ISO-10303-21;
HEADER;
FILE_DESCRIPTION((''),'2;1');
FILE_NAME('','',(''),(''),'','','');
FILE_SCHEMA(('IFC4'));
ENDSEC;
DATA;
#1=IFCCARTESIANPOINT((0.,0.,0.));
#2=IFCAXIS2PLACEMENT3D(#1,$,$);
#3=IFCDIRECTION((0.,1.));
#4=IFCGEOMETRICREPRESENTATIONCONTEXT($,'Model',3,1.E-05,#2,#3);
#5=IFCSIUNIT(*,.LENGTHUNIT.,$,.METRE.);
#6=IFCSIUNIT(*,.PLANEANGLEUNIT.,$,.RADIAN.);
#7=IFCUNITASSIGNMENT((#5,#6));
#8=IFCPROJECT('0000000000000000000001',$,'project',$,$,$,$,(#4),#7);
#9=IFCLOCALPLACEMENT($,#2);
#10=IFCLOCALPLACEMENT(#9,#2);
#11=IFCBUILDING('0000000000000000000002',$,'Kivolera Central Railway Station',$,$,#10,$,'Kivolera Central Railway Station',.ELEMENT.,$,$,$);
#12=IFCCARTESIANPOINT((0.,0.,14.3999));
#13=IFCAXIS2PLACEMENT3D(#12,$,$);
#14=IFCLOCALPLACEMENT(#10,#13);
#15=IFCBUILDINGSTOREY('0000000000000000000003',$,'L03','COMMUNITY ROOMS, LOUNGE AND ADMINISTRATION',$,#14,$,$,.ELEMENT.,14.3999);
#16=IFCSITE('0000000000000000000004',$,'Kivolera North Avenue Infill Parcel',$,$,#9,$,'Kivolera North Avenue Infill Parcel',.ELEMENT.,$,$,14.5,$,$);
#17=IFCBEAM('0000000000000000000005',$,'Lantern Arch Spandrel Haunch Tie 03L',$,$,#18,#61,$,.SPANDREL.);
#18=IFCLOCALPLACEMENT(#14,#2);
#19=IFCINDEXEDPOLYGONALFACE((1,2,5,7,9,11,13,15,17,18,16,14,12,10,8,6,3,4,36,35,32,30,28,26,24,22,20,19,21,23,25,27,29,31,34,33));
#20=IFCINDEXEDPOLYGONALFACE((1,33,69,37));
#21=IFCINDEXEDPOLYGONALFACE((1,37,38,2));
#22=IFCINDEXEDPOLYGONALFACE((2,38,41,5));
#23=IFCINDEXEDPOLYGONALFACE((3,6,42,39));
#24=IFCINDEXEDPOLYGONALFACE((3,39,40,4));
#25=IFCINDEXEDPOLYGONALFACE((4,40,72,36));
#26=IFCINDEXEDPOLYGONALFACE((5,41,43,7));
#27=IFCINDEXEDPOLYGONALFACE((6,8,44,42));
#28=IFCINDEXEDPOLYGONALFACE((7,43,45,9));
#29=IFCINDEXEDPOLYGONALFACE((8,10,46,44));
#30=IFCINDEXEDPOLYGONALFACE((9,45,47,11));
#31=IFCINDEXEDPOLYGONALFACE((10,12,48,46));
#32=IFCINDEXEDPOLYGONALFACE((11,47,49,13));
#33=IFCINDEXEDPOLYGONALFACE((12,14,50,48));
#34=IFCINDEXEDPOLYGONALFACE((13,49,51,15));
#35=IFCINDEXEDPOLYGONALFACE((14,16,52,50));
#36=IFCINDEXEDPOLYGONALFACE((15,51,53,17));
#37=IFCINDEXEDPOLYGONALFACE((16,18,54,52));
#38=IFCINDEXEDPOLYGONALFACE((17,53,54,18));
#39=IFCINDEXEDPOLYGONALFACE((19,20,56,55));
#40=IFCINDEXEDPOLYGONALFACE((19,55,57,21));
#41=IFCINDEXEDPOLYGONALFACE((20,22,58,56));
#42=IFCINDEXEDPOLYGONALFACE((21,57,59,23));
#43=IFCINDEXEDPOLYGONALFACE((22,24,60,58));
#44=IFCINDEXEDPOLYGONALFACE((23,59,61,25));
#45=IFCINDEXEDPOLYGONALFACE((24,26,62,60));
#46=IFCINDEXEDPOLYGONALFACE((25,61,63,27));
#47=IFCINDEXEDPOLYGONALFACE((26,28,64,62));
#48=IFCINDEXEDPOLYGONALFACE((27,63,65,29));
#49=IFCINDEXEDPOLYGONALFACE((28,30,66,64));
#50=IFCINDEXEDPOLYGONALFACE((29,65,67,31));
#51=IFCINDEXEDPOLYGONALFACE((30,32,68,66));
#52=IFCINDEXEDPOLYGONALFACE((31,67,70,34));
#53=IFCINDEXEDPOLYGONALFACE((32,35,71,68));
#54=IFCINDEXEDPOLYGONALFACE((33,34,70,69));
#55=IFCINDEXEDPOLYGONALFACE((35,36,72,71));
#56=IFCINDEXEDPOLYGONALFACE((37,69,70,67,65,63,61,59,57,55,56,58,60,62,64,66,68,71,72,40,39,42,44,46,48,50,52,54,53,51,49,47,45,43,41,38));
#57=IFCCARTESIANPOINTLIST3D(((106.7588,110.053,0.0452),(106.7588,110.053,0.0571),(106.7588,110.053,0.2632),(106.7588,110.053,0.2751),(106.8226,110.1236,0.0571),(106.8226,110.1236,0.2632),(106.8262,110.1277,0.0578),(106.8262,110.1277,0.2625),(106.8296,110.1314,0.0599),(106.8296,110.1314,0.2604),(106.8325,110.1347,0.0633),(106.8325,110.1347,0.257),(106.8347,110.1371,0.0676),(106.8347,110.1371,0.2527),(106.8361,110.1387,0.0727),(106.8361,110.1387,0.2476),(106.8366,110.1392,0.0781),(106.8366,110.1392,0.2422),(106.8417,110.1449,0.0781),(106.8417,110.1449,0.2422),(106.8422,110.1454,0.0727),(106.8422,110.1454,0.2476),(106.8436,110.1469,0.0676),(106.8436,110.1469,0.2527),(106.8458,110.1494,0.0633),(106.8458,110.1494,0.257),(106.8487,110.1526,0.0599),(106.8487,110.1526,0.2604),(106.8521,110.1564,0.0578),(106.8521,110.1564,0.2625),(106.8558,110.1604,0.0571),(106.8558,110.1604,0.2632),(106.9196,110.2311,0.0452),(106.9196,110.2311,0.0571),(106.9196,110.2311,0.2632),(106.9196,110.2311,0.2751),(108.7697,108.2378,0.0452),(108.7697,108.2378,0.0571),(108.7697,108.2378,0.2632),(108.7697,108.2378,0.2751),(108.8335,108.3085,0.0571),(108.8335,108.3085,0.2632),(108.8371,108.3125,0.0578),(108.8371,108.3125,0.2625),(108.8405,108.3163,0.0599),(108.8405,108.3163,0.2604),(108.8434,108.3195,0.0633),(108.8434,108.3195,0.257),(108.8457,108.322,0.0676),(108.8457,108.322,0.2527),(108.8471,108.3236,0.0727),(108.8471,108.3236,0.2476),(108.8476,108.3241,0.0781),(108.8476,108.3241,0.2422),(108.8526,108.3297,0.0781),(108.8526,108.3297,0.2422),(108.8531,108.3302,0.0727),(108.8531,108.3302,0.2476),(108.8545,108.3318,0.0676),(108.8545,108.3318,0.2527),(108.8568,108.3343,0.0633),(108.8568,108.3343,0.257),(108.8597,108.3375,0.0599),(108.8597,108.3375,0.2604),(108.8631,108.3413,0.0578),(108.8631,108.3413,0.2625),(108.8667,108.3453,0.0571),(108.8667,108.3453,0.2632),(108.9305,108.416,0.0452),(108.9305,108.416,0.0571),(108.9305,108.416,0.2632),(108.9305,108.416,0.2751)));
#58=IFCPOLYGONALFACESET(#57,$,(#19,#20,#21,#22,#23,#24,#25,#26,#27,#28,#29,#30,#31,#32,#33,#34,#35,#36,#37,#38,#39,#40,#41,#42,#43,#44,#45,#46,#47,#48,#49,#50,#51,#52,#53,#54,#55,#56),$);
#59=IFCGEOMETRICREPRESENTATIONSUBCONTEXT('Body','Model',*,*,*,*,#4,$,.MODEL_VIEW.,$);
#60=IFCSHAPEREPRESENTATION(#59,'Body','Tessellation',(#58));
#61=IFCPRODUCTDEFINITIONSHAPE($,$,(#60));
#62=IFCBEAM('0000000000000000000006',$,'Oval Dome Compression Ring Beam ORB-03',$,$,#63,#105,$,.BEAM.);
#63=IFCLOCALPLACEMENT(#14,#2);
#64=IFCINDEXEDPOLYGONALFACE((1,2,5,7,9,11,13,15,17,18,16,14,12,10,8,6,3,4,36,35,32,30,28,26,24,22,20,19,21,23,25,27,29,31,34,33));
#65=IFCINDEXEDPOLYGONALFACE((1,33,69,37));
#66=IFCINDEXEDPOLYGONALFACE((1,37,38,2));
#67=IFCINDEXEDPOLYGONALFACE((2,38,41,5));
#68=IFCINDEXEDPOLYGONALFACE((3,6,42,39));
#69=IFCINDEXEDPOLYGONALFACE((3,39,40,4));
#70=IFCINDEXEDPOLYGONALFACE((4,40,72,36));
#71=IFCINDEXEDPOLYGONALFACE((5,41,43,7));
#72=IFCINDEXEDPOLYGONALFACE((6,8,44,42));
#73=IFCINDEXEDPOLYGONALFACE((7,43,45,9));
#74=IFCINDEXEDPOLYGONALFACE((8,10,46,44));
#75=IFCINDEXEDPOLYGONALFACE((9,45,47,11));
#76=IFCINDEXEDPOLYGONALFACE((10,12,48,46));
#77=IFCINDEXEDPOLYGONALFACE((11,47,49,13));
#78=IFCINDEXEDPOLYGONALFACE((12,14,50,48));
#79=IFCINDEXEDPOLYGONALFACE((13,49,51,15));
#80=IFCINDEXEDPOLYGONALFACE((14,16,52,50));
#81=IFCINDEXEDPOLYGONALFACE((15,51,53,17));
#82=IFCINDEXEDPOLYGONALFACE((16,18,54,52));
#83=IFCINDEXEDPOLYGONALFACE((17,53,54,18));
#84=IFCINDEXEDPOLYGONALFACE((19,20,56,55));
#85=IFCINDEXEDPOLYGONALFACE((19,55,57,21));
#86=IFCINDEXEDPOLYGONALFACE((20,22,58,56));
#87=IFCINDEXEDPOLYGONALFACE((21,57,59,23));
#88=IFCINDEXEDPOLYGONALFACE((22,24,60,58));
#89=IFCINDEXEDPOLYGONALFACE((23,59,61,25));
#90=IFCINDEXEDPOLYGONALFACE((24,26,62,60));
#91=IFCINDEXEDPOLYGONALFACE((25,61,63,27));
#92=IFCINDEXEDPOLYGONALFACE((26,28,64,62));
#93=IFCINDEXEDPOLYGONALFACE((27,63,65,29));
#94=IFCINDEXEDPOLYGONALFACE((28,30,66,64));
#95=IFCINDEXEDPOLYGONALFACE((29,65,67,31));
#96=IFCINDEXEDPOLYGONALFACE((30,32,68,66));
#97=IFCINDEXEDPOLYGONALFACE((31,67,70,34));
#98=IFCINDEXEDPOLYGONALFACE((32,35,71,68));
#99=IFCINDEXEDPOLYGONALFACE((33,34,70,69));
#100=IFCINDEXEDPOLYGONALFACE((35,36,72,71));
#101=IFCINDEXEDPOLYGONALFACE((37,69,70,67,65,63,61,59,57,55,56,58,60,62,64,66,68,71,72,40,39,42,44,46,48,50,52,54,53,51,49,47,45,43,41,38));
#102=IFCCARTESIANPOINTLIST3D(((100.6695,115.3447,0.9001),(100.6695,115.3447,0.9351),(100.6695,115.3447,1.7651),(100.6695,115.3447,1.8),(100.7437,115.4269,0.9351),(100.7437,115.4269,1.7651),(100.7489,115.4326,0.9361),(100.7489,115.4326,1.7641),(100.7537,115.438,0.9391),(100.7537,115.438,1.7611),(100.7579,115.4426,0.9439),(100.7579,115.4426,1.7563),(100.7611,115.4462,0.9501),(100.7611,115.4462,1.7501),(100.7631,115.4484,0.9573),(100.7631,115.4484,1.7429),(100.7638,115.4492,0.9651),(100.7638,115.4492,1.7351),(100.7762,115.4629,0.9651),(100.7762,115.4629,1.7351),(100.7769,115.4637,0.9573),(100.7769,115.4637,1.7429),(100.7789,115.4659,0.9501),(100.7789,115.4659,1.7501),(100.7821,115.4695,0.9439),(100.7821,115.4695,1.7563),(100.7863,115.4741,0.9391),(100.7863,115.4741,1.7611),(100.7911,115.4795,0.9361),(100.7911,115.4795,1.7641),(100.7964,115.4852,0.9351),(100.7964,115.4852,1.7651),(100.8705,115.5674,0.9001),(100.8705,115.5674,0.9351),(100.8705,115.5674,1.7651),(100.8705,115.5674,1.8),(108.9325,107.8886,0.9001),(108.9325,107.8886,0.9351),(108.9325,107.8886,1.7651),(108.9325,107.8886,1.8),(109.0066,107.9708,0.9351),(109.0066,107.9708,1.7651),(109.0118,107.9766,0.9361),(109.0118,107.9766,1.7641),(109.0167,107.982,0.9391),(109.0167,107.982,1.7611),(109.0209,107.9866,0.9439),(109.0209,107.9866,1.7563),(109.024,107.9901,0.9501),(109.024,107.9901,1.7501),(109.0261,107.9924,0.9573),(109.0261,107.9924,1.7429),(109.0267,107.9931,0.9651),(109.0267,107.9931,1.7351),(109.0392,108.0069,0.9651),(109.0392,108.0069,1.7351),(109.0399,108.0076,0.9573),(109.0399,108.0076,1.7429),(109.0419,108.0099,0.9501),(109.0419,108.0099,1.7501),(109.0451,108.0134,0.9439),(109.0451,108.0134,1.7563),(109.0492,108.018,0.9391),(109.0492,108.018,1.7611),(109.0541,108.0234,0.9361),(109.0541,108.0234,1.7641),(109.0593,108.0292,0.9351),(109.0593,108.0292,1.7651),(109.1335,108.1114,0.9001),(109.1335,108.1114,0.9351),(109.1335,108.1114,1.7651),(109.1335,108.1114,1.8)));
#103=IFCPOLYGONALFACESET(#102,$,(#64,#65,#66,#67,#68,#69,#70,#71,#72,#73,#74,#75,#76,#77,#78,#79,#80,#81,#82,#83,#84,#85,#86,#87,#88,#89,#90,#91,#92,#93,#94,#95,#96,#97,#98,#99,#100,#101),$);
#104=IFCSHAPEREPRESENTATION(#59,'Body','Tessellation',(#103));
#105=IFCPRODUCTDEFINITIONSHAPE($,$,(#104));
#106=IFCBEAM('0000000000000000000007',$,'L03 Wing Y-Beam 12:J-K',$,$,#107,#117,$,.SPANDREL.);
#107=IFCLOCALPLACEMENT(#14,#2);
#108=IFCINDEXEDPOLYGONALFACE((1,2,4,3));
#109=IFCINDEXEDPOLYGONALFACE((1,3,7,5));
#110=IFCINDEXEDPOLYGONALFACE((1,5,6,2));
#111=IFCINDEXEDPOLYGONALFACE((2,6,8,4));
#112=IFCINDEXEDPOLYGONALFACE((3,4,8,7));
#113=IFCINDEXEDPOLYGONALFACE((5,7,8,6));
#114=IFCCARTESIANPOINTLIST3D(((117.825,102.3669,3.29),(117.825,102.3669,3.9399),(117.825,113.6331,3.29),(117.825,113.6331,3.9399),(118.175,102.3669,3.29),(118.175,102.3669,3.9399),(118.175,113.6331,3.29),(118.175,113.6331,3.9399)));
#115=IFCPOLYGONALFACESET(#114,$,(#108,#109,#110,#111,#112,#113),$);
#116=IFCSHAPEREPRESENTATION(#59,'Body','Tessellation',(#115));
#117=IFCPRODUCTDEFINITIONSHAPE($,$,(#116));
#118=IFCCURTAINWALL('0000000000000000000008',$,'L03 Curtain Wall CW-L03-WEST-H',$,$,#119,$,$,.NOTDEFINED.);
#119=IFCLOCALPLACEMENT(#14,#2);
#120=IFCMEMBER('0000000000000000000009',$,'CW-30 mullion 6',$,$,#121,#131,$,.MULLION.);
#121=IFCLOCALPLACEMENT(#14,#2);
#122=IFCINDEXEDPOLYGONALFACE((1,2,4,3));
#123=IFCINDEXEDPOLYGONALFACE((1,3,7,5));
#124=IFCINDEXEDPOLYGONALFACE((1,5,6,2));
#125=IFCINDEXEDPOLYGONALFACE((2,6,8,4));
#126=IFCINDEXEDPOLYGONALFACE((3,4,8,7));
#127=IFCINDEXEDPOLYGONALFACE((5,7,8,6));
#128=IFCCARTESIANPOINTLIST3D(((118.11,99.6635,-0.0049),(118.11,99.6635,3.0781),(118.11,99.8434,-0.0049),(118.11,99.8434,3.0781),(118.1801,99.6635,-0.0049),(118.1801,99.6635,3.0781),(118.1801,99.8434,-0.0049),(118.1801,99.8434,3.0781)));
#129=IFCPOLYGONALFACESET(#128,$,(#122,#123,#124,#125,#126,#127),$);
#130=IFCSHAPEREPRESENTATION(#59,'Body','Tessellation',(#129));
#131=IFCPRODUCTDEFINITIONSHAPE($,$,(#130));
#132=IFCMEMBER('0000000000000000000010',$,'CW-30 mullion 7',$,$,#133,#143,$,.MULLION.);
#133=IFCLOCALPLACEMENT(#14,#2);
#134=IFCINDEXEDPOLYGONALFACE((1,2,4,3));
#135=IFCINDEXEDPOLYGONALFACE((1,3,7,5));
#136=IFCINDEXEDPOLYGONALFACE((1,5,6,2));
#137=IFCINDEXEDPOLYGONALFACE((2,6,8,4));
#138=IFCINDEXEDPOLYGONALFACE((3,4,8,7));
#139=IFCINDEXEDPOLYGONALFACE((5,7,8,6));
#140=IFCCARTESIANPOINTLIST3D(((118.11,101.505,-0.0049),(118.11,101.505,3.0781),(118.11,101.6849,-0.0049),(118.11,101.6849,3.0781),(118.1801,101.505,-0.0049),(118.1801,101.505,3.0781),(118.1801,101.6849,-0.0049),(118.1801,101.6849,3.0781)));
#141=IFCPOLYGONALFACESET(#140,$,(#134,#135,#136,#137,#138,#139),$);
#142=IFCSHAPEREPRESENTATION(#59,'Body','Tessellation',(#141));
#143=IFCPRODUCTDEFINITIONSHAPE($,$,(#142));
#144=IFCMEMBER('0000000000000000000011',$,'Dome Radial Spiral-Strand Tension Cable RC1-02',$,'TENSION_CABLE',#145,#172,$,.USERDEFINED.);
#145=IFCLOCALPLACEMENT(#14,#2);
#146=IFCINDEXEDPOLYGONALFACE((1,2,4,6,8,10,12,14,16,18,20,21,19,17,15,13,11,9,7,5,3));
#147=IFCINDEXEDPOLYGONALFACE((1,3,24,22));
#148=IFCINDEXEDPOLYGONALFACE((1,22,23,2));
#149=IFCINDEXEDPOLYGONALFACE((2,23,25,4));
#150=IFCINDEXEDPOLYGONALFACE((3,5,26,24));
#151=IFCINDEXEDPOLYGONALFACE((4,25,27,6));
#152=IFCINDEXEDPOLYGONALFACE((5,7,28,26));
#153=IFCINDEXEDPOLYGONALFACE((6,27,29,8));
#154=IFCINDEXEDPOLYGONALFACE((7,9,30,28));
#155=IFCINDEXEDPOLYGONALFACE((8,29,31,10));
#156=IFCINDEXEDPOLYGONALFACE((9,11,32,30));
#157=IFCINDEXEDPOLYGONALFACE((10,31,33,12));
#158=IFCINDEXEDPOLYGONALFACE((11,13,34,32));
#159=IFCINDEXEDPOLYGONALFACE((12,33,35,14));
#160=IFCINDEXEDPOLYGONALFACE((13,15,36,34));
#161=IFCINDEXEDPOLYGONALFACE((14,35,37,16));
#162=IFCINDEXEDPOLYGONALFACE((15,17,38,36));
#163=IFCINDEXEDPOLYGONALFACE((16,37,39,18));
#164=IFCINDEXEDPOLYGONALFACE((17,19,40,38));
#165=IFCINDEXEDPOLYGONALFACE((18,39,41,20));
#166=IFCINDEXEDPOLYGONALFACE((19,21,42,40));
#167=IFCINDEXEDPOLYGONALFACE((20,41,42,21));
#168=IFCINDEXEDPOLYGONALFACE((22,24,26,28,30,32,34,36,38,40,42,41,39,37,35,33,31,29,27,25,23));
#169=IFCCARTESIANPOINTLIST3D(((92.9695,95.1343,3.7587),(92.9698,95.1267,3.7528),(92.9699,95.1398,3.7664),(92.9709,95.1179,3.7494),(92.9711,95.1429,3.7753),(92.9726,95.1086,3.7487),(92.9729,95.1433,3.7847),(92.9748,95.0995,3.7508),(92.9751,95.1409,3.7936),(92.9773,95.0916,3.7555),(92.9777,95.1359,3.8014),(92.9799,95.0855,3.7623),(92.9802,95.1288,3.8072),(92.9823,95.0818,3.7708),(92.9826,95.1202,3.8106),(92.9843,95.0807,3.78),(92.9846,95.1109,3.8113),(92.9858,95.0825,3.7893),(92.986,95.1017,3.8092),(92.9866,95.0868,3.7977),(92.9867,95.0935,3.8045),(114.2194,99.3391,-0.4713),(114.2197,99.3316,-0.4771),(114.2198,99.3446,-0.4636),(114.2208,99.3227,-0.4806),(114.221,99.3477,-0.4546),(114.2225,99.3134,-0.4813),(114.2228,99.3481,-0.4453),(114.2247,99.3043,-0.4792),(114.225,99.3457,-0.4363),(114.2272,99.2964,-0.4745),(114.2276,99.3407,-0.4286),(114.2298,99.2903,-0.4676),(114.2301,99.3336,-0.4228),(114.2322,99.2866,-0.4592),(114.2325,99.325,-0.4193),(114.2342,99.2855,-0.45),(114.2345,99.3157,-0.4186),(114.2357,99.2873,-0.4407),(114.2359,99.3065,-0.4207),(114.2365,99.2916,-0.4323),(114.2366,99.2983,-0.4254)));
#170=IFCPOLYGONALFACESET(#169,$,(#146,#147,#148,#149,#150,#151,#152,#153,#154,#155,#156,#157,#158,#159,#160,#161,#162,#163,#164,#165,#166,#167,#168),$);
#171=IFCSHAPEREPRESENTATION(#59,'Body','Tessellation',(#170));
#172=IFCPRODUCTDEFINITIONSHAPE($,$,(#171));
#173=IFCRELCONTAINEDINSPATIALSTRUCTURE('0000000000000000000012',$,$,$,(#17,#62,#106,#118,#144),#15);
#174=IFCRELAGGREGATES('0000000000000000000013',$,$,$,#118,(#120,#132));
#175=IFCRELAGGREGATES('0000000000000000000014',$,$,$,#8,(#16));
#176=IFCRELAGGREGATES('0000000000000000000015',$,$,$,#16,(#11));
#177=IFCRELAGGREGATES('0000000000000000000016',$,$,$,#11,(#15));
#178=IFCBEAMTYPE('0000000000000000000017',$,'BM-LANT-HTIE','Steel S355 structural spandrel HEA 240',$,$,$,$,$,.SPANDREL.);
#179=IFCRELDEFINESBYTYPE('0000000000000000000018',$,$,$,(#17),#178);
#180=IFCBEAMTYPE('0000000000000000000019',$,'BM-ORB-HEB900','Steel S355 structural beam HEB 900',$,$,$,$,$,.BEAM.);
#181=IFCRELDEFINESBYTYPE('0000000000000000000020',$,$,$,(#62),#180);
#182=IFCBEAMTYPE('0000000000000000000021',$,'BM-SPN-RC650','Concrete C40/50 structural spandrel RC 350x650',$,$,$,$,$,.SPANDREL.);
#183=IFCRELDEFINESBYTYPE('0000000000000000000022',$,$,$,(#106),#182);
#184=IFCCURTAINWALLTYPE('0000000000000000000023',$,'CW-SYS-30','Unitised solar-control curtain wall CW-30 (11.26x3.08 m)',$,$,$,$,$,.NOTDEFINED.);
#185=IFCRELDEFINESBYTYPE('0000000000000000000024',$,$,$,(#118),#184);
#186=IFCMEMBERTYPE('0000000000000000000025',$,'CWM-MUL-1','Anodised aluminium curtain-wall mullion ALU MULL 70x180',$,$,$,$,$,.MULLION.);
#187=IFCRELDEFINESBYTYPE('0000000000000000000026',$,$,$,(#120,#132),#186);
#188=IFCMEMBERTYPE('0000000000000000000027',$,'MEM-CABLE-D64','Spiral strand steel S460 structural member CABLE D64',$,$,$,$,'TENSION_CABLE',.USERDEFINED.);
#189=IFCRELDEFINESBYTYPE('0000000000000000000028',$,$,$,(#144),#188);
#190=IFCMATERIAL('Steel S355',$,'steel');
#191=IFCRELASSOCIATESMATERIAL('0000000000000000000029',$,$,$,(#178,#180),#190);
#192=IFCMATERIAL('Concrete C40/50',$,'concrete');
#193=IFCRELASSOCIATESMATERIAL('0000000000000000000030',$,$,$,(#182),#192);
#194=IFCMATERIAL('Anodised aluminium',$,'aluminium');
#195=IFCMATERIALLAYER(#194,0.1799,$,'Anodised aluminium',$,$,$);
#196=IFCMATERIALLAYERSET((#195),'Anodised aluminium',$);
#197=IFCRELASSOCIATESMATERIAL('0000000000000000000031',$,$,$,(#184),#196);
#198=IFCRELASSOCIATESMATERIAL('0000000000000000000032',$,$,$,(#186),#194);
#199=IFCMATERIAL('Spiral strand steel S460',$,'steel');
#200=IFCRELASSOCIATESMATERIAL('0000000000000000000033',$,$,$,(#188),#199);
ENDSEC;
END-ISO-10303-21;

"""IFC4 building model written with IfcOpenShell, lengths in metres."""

from ifc_helpers import new_model, si_unit, direction, frame, origin, origin_2d, place, context, subcontext, project, spatial, rectangle, circle, i_section, extrude, material, layer, layer_set, material_profile, profile_set, type_object, element, aggregate, save


model = new_model("IFC4")

# Units and contexts
model_context = context("Model", 3, precision=1e-05, world=origin(), true_north=direction((0.0, 1.0)))
body_context = subcontext(model_context, "Body", "Model", "MODEL_VIEW")
ifc_project = project(units=[si_unit("LENGTHUNIT", "METRE"), si_unit("PLANEANGLEUNIT", "RADIAN")], contexts=[model_context])

# Site, building, storey
site_placement = place(None, origin())
site = spatial("IfcSite", under=ifc_project, at=site_placement, Name="Kivolera North Avenue Infill Parcel", LongName="Kivolera North Avenue Infill Parcel", CompositionType="ELEMENT", RefElevation=14.5)
building_placement = place(site_placement, origin())
building = spatial("IfcBuilding", under=site, at=building_placement, Name="Kivolera Central Railway Station", LongName="Kivolera Central Railway Station", CompositionType="ELEMENT")
storey_placement = place(building_placement, frame((0.0, 0.0, 14.3999)))
storey = spatial("IfcBuildingStorey", under=building, at=storey_placement, Name="L03", Description="COMMUNITY ROOMS, LOUNGE AND ADMINISTRATION", CompositionType="ELEMENT", Elevation=14.3999)

# Shared definitions
ifc_material_1 = material(Name="Concrete C40/50", Category="concrete")

# Beams
ifc_material_2 = material(Name="Steel S355", Category="steel")
ifc_material_profile_1 = material_profile(ifc_material_2, i_section(OverallWidth=0.24, OverallDepth=0.23, WebThickness=0.0076, FlangeThickness=0.012, FilletRadius=0.021, at=origin_2d()), Name="HEA 240")
ifc_profile_set_1 = profile_set([ifc_material_profile_1], Name="Steel S355")
beam_type_1 = type_object("IfcBeamType", Name="BM-LANT-HTIE", Description="Steel S355 structural spandrel HEA 240", PredefinedType="SPANDREL", material=ifc_profile_set_1)
beam_1_placement = place(storey_placement, frame((108.8501, 108.3269, 0.1602), z_axis=(-0.742321, 0.670044, 0.0), x_axis=(-0.670044, -0.742321, 0.0)))
element("IfcBeam", 1, at=beam_1_placement, inside=storey, type_object=beam_type_1, Name="Lantern Arch Spandrel Haunch Tie 03L", PredefinedType="SPANDREL", context=body_context, shape_type="SweptSolid", body=[
    extrude(i_section(OverallWidth=0.24, OverallDepth=0.23, WebThickness=0.0076, FlangeThickness=0.012, FilletRadius=0.021, at=origin_2d()), origin(), (0.0, 0.0, 1.0), 2.709),
])
ifc_material_profile_2 = material_profile(ifc_material_2, i_section(OverallWidth=0.3, OverallDepth=0.8999, WebThickness=0.0186, FlangeThickness=0.0349, FilletRadius=0.03, at=origin_2d()), Name="HEB 900")
ifc_profile_set_2 = profile_set([ifc_material_profile_2], Name="Steel S355")
beam_type_2 = type_object("IfcBeamType", Name="BM-ORB-HEB900", Description="Steel S355 structural beam HEB 900", PredefinedType="BEAM", material=ifc_profile_set_2)
beam_2_placement = place(storey_placement, frame((109.033, 108.0, 1.3501), z_axis=(-0.742426, 0.669928, 0.0), x_axis=(-0.669928, -0.742426, 0.0)))
element("IfcBeam", 2, at=beam_2_placement, inside=storey, type_object=beam_type_2, Name="Oval Dome Compression Ring Beam ORB-03", PredefinedType="BEAM", context=body_context, shape_type="SweptSolid", body=[
    extrude(i_section(OverallWidth=0.3, OverallDepth=0.8999, WebThickness=0.0186, FlangeThickness=0.0349, FilletRadius=0.03, at=origin_2d()), origin(), (0.0, 0.0, 1.0), 11.1296),
])
ifc_material_profile_3 = material_profile(ifc_material_1, rectangle(XDim=0.3501, YDim=0.6499, at=origin_2d()), Name="RC 350x650")
ifc_profile_set_3 = profile_set([ifc_material_profile_3], Name="Concrete C40/50")
beam_type_3 = type_object("IfcBeamType", Name="BM-SPN-RC650", Description="Concrete C40/50 structural spandrel RC 350x650", PredefinedType="SPANDREL", material=ifc_profile_set_3)
beam_3_placement = place(storey_placement, frame((118.0, 102.3669, 3.615), z_axis=(0.0, 1.0, 0.0), x_axis=(-1.0, 0.0, 0.0)))
element("IfcBeam", 3, at=beam_3_placement, inside=storey, type_object=beam_type_3, Name="L03 Wing Y-Beam 12:J-K", PredefinedType="SPANDREL", context=body_context, shape_type="SweptSolid", body=[
    extrude(rectangle(XDim=0.3501, YDim=0.6499, at=origin_2d()), origin(), (0.0, 0.0, 1.0), 11.2661),
])

# Curtain wall, members
ifc_material_3 = material(Name="Anodised aluminium", Category="aluminium")
ifc_layer_1 = layer(ifc_material_3, 0.1799, Name="Anodised aluminium")
ifc_layer_set_1 = layer_set([ifc_layer_1], Name="Anodised aluminium")
curtain_wall_type = type_object("IfcCurtainWallType", Name="CW-SYS-30", Description="Unitised solar-control curtain wall CW-30 (11.26x3.08 m)", PredefinedType="NOTDEFINED", material=ifc_layer_set_1)
curtain_wall_placement = place(storey_placement, origin())
curtain_wall = element("IfcCurtainWall", 4, at=curtain_wall_placement, inside=storey, type_object=curtain_wall_type, Name="L03 Curtain Wall CW-L03-WEST-H", PredefinedType="NOTDEFINED")
ifc_material_profile_4 = material_profile(ifc_material_3, rectangle(XDim=0.0701, YDim=0.1799, at=origin_2d()), Name="ALU MULL 70x180")
ifc_profile_set_4 = profile_set([ifc_material_profile_4], Name="Anodised aluminium")
member_type_1 = type_object("IfcMemberType", Name="CWM-MUL-1", Description="Anodised aluminium curtain-wall mullion ALU MULL 70x180", PredefinedType="MULLION", material=ifc_profile_set_4)
member_1_placement = place(storey_placement, frame((118.145, 99.7534, -0.0049), z_axis=(0.0, 0.0, 1.0), x_axis=(-1.0, 0.0, 0.0)))
member_1 = element("IfcMember", 5, at=member_1_placement, type_object=member_type_1, Name="CW-30 mullion 6", PredefinedType="MULLION", context=body_context, shape_type="SweptSolid", body=[
    extrude(rectangle(XDim=0.0701, YDim=0.1799, at=origin_2d()), origin(), (0.0, 0.0, 1.0), 3.083),
])
member_2_placement = place(storey_placement, frame((118.145, 101.595, -0.0049), z_axis=(0.0, 0.0, 1.0), x_axis=(-1.0, 0.0, 0.0)))
member_2 = element("IfcMember", 6, at=member_2_placement, type_object=member_type_1, Name="CW-30 mullion 7", PredefinedType="MULLION", context=body_context, shape_type="SweptSolid", body=[
    extrude(rectangle(XDim=0.0701, YDim=0.1799, at=origin_2d()), origin(), (0.0, 0.0, 1.0), 3.083),
])
aggregate(curtain_wall, [member_1, member_2])

# Member
ifc_material_4 = material(Name="Spiral strand steel S460", Category="steel")
ifc_material_profile_5 = material_profile(ifc_material_4, circle(Radius=0.032, at=origin_2d()), Name="CABLE D64")
ifc_profile_set_5 = profile_set([ifc_material_profile_5], Name="Spiral strand steel S460")
member_type_2 = type_object("IfcMemberType", Name="MEM-CABLE-D64", Description="Spiral strand steel S460 structural member CABLE D64", ElementType="TENSION_CABLE", PredefinedType="USERDEFINED", material=ifc_profile_set_5)
member_3_placement = place(storey_placement, frame((114.228, 99.3169, -0.45), z_axis=(-0.962795, -0.190513, 0.191652), x_axis=(0.194111, -0.98098, 0.0)))
element("IfcMember", 7, at=member_3_placement, inside=storey, type_object=member_type_2, Name="Dome Radial Spiral-Strand Tension Cable RC1-02", ObjectType="TENSION_CABLE", PredefinedType="USERDEFINED", context=body_context, shape_type="SweptSolid", body=[
    extrude(circle(Radius=0.032, at=origin_2d()), origin(), (0.0, 0.0, 1.0), 22.071),
])

save(model, "model.ifc")
